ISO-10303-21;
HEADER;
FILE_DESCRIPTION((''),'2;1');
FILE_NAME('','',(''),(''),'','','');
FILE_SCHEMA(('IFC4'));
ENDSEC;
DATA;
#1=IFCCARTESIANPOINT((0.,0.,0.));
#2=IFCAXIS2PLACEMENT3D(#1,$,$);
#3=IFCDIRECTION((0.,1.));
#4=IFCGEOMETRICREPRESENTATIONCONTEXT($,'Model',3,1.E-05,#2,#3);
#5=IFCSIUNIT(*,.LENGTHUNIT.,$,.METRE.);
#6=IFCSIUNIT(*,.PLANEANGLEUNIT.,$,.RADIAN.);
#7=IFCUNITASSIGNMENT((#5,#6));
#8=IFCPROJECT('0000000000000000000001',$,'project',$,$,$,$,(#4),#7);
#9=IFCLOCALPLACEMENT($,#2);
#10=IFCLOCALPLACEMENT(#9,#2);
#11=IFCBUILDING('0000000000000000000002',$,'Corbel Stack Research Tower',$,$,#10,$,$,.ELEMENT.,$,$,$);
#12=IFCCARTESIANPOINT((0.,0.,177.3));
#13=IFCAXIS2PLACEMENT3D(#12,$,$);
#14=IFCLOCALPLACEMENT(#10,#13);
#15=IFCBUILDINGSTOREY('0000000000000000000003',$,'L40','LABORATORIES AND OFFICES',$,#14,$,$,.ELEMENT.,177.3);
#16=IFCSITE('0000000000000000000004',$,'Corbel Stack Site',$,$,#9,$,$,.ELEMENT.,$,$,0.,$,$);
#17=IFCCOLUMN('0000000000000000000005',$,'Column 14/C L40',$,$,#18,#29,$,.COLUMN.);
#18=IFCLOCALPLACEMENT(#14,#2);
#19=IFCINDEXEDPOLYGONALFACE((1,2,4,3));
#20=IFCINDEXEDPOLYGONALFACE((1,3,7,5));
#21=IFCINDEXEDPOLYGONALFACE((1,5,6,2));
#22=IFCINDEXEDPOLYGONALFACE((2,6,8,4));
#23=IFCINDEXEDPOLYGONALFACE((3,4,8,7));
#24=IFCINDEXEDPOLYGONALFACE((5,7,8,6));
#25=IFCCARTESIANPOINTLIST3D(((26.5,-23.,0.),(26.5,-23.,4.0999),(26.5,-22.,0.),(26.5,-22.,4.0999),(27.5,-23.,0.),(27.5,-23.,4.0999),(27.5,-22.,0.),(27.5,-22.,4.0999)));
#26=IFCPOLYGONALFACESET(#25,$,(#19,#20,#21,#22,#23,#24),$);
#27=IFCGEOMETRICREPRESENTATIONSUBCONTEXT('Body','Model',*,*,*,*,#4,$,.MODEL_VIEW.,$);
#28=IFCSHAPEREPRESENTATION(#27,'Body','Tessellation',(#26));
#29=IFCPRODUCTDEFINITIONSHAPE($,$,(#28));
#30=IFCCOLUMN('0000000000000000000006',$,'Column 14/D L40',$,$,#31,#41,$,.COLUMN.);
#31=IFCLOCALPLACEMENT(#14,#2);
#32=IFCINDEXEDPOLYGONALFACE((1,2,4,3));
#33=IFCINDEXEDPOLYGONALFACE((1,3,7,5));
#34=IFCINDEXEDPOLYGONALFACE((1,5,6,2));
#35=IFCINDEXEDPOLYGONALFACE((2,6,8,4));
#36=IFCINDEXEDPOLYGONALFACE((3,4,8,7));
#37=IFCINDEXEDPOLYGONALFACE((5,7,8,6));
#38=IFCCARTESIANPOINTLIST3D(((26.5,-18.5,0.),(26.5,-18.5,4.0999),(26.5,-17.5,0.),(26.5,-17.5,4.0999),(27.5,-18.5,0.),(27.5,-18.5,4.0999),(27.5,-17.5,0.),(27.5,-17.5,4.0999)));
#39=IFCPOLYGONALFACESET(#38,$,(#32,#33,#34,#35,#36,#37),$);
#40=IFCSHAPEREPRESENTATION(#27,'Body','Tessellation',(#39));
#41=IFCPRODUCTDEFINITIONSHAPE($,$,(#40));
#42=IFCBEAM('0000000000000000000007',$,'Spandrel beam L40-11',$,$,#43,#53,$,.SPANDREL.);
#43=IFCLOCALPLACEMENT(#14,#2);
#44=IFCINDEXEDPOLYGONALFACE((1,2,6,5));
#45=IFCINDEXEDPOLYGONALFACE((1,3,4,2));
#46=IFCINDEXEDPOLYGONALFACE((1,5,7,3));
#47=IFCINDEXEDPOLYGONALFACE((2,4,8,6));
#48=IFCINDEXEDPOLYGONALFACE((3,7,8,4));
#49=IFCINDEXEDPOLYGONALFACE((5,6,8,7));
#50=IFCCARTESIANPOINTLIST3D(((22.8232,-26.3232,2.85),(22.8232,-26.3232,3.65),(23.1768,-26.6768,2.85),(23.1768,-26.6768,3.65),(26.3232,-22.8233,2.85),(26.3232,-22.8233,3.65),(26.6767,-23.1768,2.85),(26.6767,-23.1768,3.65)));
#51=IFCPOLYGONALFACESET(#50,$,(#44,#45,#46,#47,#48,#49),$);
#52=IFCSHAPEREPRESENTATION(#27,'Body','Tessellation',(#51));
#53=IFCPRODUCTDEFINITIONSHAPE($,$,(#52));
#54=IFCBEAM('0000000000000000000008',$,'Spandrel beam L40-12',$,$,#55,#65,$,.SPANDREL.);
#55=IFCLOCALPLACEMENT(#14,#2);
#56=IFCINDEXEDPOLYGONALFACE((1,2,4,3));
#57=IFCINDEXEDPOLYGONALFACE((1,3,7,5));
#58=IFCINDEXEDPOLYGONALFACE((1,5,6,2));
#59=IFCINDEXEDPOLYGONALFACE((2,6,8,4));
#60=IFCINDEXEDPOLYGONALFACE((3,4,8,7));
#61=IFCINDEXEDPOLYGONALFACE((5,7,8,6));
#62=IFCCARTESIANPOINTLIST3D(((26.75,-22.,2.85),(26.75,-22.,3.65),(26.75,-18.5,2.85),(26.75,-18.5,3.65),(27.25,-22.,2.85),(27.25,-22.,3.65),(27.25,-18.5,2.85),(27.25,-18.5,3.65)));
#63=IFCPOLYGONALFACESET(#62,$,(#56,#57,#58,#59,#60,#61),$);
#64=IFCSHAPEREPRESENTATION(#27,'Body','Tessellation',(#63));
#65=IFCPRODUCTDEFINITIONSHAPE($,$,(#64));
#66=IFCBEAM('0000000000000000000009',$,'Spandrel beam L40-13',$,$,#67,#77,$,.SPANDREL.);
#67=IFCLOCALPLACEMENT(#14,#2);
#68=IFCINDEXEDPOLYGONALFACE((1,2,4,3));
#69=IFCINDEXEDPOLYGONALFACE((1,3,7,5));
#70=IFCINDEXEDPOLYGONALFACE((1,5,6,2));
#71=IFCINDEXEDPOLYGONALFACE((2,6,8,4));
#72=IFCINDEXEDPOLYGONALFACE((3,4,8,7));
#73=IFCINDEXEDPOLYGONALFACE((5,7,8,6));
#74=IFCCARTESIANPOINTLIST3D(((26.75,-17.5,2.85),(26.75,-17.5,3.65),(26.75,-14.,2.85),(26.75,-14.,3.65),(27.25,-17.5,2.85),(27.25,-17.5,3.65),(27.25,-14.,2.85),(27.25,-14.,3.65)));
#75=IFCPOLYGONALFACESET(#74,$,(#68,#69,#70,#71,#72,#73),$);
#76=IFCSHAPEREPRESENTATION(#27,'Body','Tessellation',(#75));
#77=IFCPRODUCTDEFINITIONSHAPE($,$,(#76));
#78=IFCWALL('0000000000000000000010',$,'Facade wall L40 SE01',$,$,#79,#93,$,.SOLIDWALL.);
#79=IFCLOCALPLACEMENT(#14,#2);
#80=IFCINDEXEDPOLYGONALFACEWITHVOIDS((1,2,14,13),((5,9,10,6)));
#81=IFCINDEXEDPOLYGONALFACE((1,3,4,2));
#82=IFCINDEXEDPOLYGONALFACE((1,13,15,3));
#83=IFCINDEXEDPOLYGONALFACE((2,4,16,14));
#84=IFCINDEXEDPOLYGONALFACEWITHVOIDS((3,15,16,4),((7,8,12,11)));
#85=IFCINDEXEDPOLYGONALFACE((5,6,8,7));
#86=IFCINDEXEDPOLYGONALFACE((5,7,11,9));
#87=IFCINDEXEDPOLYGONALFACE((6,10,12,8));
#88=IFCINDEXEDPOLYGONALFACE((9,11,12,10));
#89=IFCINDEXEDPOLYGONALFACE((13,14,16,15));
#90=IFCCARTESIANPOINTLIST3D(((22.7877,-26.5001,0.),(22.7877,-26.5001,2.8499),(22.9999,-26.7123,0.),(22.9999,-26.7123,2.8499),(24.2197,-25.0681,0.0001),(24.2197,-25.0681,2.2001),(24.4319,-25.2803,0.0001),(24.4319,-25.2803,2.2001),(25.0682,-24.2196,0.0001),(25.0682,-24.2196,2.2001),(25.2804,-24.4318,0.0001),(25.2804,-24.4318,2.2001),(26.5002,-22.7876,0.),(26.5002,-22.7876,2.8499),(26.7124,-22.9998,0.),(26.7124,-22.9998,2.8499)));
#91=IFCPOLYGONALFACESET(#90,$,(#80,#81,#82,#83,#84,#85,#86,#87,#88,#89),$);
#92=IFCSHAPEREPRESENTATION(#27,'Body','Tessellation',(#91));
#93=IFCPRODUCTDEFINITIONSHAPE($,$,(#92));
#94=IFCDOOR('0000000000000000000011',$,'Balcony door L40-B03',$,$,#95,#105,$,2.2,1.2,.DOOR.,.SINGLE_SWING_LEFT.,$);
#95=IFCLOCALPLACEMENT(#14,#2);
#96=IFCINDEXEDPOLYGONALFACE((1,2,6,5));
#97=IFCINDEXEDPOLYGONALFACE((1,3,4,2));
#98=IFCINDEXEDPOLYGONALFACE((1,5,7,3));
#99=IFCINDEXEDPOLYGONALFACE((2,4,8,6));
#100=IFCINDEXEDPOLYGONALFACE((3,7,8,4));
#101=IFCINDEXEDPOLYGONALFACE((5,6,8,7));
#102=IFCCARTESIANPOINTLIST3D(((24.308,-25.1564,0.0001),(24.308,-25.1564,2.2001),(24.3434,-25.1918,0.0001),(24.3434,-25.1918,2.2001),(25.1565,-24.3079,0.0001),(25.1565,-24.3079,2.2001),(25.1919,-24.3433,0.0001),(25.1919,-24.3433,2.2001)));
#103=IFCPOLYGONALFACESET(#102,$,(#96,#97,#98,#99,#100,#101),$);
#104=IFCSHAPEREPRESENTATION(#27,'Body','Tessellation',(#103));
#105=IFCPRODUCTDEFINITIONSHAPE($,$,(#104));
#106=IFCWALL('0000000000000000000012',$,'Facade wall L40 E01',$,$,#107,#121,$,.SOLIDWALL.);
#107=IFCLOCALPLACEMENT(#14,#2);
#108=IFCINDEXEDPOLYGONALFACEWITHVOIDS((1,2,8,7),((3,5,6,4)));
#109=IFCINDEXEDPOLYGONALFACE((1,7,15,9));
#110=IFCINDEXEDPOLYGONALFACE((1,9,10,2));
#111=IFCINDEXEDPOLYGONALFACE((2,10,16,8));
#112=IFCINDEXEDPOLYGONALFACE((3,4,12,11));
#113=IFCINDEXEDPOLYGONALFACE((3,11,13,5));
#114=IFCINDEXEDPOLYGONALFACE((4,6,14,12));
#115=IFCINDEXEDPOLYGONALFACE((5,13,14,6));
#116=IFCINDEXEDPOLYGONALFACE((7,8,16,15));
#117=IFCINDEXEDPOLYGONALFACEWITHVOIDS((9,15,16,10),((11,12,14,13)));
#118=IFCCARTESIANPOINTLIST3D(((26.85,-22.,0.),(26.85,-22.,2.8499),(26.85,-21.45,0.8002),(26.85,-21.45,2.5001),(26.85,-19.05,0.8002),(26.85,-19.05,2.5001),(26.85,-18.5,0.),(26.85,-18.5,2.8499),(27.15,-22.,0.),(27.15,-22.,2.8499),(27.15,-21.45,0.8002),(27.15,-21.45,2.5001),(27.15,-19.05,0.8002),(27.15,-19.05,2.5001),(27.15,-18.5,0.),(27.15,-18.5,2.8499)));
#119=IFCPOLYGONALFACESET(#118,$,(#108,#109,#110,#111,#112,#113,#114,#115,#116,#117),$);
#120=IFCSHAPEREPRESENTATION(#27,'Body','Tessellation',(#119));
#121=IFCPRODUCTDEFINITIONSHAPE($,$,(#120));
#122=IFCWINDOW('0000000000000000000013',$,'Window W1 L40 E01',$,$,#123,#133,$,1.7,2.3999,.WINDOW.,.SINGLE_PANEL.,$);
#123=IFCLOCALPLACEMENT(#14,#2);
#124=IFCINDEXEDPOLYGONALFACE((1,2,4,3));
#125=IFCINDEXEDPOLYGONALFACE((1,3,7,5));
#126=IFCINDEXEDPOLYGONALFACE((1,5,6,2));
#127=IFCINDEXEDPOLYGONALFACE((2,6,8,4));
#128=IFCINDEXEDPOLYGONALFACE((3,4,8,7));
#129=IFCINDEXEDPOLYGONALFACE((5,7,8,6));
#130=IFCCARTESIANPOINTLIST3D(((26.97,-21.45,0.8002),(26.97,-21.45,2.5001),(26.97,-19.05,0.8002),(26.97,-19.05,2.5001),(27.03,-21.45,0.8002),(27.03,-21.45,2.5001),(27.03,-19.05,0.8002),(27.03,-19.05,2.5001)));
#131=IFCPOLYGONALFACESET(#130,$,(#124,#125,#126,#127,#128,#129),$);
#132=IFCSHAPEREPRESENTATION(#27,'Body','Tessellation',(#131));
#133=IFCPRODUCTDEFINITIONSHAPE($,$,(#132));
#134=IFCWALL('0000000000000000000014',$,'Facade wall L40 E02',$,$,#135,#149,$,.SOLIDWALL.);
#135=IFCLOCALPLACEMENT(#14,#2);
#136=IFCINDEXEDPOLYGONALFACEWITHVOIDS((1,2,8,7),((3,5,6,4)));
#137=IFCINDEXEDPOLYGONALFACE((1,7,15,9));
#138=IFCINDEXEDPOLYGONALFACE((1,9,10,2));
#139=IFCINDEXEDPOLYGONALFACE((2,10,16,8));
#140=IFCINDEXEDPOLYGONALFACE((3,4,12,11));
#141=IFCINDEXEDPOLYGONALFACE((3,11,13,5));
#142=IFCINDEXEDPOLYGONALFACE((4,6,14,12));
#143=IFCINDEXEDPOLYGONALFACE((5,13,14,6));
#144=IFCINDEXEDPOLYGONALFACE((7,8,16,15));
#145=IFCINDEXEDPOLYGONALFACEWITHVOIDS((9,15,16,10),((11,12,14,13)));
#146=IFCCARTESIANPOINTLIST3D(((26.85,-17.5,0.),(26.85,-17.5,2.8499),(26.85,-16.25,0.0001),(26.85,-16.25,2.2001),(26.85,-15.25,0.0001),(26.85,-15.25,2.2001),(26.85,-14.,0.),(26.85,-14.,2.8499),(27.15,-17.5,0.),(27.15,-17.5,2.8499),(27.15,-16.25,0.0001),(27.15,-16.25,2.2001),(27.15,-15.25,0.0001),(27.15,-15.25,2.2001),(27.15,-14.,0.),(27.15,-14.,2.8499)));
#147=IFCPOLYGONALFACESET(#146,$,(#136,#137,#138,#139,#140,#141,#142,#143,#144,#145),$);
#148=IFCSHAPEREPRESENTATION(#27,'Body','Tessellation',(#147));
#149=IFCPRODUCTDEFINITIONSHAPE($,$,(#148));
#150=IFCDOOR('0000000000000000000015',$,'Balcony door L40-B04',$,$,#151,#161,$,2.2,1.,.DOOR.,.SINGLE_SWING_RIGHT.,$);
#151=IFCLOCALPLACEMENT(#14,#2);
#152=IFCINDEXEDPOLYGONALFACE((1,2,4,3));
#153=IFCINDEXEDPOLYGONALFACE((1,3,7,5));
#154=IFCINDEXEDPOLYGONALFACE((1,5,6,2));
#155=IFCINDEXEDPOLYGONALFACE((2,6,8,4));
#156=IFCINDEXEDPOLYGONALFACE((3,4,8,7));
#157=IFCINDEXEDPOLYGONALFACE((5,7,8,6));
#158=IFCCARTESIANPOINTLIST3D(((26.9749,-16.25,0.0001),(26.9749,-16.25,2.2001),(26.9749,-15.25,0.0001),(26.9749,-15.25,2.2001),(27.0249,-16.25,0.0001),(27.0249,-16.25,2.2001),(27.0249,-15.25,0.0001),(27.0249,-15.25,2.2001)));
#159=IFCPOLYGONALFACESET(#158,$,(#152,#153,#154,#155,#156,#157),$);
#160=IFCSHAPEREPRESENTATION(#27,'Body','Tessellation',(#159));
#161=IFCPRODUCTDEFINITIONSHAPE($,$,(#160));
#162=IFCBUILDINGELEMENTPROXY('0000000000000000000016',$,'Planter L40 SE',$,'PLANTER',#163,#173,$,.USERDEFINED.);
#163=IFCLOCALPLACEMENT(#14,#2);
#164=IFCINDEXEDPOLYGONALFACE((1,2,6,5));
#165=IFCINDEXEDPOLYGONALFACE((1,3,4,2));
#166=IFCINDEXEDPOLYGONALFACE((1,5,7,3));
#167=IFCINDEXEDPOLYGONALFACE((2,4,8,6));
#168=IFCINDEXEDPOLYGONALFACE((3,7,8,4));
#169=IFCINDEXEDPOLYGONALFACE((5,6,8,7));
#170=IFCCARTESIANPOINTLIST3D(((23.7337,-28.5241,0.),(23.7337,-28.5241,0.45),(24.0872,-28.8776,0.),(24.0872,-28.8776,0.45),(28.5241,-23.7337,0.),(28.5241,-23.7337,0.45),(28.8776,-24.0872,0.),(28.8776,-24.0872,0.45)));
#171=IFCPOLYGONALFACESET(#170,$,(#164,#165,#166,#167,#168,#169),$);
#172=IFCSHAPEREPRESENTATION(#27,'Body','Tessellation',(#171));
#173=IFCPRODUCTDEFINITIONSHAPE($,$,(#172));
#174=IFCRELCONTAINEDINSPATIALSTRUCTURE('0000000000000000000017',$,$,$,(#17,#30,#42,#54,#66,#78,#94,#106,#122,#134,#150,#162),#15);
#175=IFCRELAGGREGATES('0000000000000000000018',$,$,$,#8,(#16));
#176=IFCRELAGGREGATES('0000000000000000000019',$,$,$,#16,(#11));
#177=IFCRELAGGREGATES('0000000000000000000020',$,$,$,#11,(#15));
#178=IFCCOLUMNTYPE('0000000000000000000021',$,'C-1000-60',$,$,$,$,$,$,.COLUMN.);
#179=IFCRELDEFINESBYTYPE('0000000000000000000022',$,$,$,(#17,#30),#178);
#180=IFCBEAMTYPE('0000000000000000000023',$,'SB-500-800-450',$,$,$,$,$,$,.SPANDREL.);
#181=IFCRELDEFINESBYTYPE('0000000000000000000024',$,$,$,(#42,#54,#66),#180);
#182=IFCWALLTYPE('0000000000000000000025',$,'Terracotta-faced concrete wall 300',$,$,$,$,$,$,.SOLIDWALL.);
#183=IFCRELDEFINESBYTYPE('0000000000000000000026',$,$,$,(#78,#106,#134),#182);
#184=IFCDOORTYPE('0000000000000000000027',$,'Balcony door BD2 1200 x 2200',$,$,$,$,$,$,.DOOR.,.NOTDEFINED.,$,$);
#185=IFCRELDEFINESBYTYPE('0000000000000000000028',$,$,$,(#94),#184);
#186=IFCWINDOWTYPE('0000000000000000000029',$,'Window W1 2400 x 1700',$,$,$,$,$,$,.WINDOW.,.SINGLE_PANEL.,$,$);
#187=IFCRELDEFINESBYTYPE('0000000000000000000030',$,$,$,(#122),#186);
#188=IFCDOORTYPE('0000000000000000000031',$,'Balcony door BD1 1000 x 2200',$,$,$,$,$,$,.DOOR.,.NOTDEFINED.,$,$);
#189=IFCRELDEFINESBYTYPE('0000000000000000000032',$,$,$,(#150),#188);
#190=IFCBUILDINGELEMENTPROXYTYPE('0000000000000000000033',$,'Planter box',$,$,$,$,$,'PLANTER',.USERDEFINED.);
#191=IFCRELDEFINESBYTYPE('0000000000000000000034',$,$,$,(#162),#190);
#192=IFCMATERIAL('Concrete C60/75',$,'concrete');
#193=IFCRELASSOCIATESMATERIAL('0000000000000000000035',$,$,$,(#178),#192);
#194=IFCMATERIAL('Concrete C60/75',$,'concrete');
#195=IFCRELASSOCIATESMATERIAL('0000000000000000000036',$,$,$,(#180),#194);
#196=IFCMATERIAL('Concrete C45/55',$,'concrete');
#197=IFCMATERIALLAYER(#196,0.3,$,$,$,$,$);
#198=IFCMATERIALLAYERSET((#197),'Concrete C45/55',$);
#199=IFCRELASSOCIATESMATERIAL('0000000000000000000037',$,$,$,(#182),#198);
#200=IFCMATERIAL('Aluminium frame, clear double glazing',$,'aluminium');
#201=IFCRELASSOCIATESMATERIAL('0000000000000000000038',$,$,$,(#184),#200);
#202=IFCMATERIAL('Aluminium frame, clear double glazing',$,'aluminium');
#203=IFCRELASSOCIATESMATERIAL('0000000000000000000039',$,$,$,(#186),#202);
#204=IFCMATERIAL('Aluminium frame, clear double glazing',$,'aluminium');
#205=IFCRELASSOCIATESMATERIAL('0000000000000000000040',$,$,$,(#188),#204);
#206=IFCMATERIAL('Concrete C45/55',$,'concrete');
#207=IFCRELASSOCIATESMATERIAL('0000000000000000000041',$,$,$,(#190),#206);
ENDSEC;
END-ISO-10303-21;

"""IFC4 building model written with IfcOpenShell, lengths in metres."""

from ifc_helpers import new_model, si_unit, direction, frame, frame_2d, origin, origin_2d, place, context, subcontext, project, spatial, rectangle, extrude, material, layer, layer_set, material_profile, profile_set, type_object, element, fill, save


model = new_model("IFC4")

# Units and contexts
model_context = context("Model", 3, precision=1e-05, world=origin(), true_north=direction((0.0, 1.0)))
body_context = subcontext(model_context, "Body", "Model", "MODEL_VIEW")
ifc_project = project(units=[si_unit("LENGTHUNIT", "METRE"), si_unit("PLANEANGLEUNIT", "RADIAN")], contexts=[model_context])

# Site, building, storey
site_placement = place(None, origin())
site = spatial("IfcSite", under=ifc_project, at=site_placement, Name="Corbel Stack Site", CompositionType="ELEMENT", RefElevation=0.0)
building_placement = place(site_placement, origin())
building = spatial("IfcBuilding", under=site, at=building_placement, Name="Corbel Stack Research Tower", CompositionType="ELEMENT")
storey_placement = place(building_placement, frame((0.0, 0.0, 177.3)))
storey = spatial("IfcBuildingStorey", under=building, at=storey_placement, Name="L40", Description="LABORATORIES AND OFFICES", CompositionType="ELEMENT", Elevation=177.3)

# Columns
ifc_material_1 = material(Name="Concrete C60/75", Category="concrete")
ifc_material_profile_1 = material_profile(ifc_material_1, rectangle(XDim=1.0, YDim=1.0, at=origin_2d()), Name="RC 1000 x 1000")
ifc_profile_set_1 = profile_set([ifc_material_profile_1], Name="Concrete C60/75")
column_type = type_object("IfcColumnType", Name="C-1000-60", PredefinedType="COLUMN", material=ifc_profile_set_1)
for number, where, z_axis, x_axis, name in (
    (1, (27.0, -22.5, 0.0), (0.0, 0.0, 1.0), (1.0, 0.0, 0.0), "Column 14/C L40"),
    (2, (27.0, -18.0, 0.0), (0.0, 0.0, 1.0), (1.0, 0.0, 0.0), "Column 14/D L40"),
):
    element("IfcColumn", number, at=place(storey_placement, frame(where, z_axis=z_axis, x_axis=x_axis)), inside=storey, type_object=column_type, Name=name, PredefinedType="COLUMN", context=body_context, shape_type="SweptSolid", body=[
        extrude(rectangle(XDim=1.0, YDim=1.0, at=origin_2d()), origin(), (0.0, 0.0, 1.0), 4.0999),
    ])

# Beams
ifc_material_2 = material(Name="Concrete C60/75", Category="concrete")
ifc_material_profile_2 = material_profile(ifc_material_2, rectangle(XDim=0.5, YDim=0.8, at=origin_2d()), Name="RC 500 x 800")
ifc_profile_set_2 = profile_set([ifc_material_profile_2], Name="Concrete C60/75")
beam_type = type_object("IfcBeamType", Name="SB-500-800-450", PredefinedType="SPANDREL", material=ifc_profile_set_2)
beam_placement = place(storey_placement, frame((23.0, -26.5, 3.25), z_axis=(0.707107, 0.707107, 0.0), x_axis=(-0.707107, 0.707107, 0.0)))
element("IfcBeam", 3, at=beam_placement, inside=storey, type_object=beam_type, Name="Spandrel beam L40-11", PredefinedType="SPANDREL", context=body_context, shape_type="SweptSolid", body=[
    extrude(rectangle(XDim=0.5, YDim=0.8, at=origin_2d()), origin(), (0.0, 0.0, 1.0), 4.9497),
])
for number, where, z_axis, x_axis, name in (
    (4, (27.0, -22.0, 3.25), (0.0, 1.0, 0.0), (-1.0, 0.0, 0.0), "Spandrel beam L40-12"),
    (5, (27.0, -17.5, 3.25), (0.0, 1.0, 0.0), (-1.0, 0.0, 0.0), "Spandrel beam L40-13"),
):
    element("IfcBeam", number, at=place(storey_placement, frame(where, z_axis=z_axis, x_axis=x_axis)), inside=storey, type_object=beam_type, Name=name, PredefinedType="SPANDREL", context=body_context, shape_type="SweptSolid", body=[
        extrude(rectangle(XDim=0.5, YDim=0.8, at=origin_2d()), origin(), (0.0, 0.0, 1.0), 3.5),
    ])

# Wall, opening, door
ifc_material_3 = material(Name="Concrete C45/55", Category="concrete")
ifc_layer = layer(ifc_material_3, 0.3)
ifc_layer_set = layer_set([ifc_layer], Name="Concrete C45/55")
wall_type = type_object("IfcWallType", Name="Terracotta-faced concrete wall 300", PredefinedType="SOLIDWALL", material=ifc_layer_set)
wall_1_placement = place(storey_placement, frame((26.6062, -22.8938, 0.0), z_axis=(0.0, 0.0, 1.0), x_axis=(-0.707107, -0.707107, 0.0)))
wall_1 = element("IfcWall", 6, at=wall_1_placement, inside=storey, type_object=wall_type, Name="Facade wall L40 SE01", PredefinedType="SOLIDWALL", context=body_context, shape_type="SweptSolid", body=[
    extrude(rectangle(XDim=5.2502, YDim=0.3, at=frame_2d((2.625, 0.0))), origin(), (0.0, 0.0, 1.0), 2.8499),
])
opening_1_placement = place(wall_1_placement, frame((2.0249, 0.0, 0.0)))
opening_1 = element("IfcOpeningElement", 7, at=opening_1_placement, cuts=wall_1, PredefinedType="OPENING", context=body_context, shape_type="SweptSolid", body=[
    extrude(rectangle(XDim=1.2, YDim=2.2, at=frame_2d((0.6001, 1.1001))), frame((0.0, 0.1599, 0.0), z_axis=(0.0, -1.0, 0.0), x_axis=(1.0, 0.0, 0.0)), (0.0, 0.0, 1.0), 0.3201),
])
ifc_material_4 = material(Name="Aluminium frame, clear double glazing", Category="aluminium")
door_type_1 = type_object("IfcDoorType", Name="Balcony door BD2 1200 x 2200", OperationType="NOTDEFINED", PredefinedType="DOOR", material=ifc_material_4)
door_1_placement = place(opening_1_placement, origin())
door_1 = element("IfcDoor", 8, at=door_1_placement, inside=storey, type_object=door_type_1, Name="Balcony door L40-B03", OperationType="SINGLE_SWING_LEFT", OverallHeight=2.2, OverallWidth=1.2, PredefinedType="DOOR", context=body_context, shape_type="SweptSolid", body=[
    extrude(rectangle(XDim=1.2, YDim=2.2, at=frame_2d((0.6001, 1.1001))), frame((0.0, 0.0249, 0.0), z_axis=(0.0, -1.0, 0.0), x_axis=(1.0, 0.0, 0.0)), (0.0, 0.0, 1.0), 0.05),
])
fill(opening_1, door_1)

# Wall, opening, window
wall_2_placement = place(storey_placement, frame((27.0, -18.5, 0.0), z_axis=(0.0, 0.0, 1.0), x_axis=(0.0, -1.0, 0.0)))
wall_2 = element("IfcWall", 9, at=wall_2_placement, inside=storey, type_object=wall_type, Name="Facade wall L40 E01", PredefinedType="SOLIDWALL", context=body_context, shape_type="SweptSolid", body=[
    extrude(rectangle(XDim=3.5, YDim=0.3, at=frame_2d((1.75, 0.0))), origin(), (0.0, 0.0, 1.0), 2.8499),
])
opening_2_placement = place(wall_2_placement, frame((0.55, 0.0, 0.8)))
opening_2 = element("IfcOpeningElement", 10, at=opening_2_placement, cuts=wall_2, PredefinedType="OPENING", context=body_context, shape_type="SweptSolid", body=[
    extrude(rectangle(XDim=2.3999, YDim=1.7, at=frame_2d((1.2, 0.8501))), frame((0.0, 0.1599, 0.0), z_axis=(0.0, -1.0, 0.0), x_axis=(1.0, 0.0, 0.0)), (0.0, 0.0, 1.0), 0.3201),
])
ifc_material_5 = material(Name="Aluminium frame, clear double glazing", Category="aluminium")
window_type = type_object("IfcWindowType", Name="Window W1 2400 x 1700", PartitioningType="SINGLE_PANEL", PredefinedType="WINDOW", material=ifc_material_5)
window_placement = place(opening_2_placement, origin())
window = element("IfcWindow", 11, at=window_placement, inside=storey, type_object=window_type, Name="Window W1 L40 E01", OverallHeight=1.7, OverallWidth=2.3999, PartitioningType="SINGLE_PANEL", PredefinedType="WINDOW", context=body_context, shape_type="SweptSolid", body=[
    extrude(rectangle(XDim=2.3999, YDim=1.7, at=frame_2d((1.2, 0.8501))), frame((0.0, 0.03, 0.0), z_axis=(0.0, -1.0, 0.0), x_axis=(1.0, 0.0, 0.0)), (0.0, 0.0, 1.0), 0.0601),
])
fill(opening_2, window)

# Wall, opening, door
wall_3_placement = place(storey_placement, frame((27.0, -14.0, 0.0), z_axis=(0.0, 0.0, 1.0), x_axis=(0.0, -1.0, 0.0)))
wall_3 = element("IfcWall", 12, at=wall_3_placement, inside=storey, type_object=wall_type, Name="Facade wall L40 E02", PredefinedType="SOLIDWALL", context=body_context, shape_type="SweptSolid", body=[
    extrude(rectangle(XDim=3.5, YDim=0.3, at=frame_2d((1.75, 0.0))), origin(), (0.0, 0.0, 1.0), 2.8499),
])
opening_3_placement = place(wall_3_placement, frame((1.25, 0.0, 0.0)))
opening_3 = element("IfcOpeningElement", 13, at=opening_3_placement, cuts=wall_3, PredefinedType="OPENING", context=body_context, shape_type="SweptSolid", body=[
    extrude(rectangle(XDim=1.0, YDim=2.2, at=frame_2d((0.5, 1.1001))), frame((0.0, 0.1599, 0.0), z_axis=(0.0, -1.0, 0.0), x_axis=(1.0, 0.0, 0.0)), (0.0, 0.0, 1.0), 0.3201),
])
ifc_material_6 = material(Name="Aluminium frame, clear double glazing", Category="aluminium")
door_type_2 = type_object("IfcDoorType", Name="Balcony door BD1 1000 x 2200", OperationType="NOTDEFINED", PredefinedType="DOOR", material=ifc_material_6)
door_2_placement = place(opening_3_placement, origin())
door_2 = element("IfcDoor", 14, at=door_2_placement, inside=storey, type_object=door_type_2, Name="Balcony door L40-B04", OperationType="SINGLE_SWING_RIGHT", OverallHeight=2.2, OverallWidth=1.0, PredefinedType="DOOR", context=body_context, shape_type="SweptSolid", body=[
    extrude(rectangle(XDim=1.0, YDim=2.2, at=frame_2d((0.5, 1.1001))), frame((0.0, 0.0249, 0.0), z_axis=(0.0, -1.0, 0.0), x_axis=(1.0, 0.0, 0.0)), (0.0, 0.0, 1.0), 0.05),
])
fill(opening_3, door_2)

# Building element proxy
ifc_material_7 = material(Name="Concrete C45/55", Category="concrete")
building_element_proxy_type = type_object("IfcBuildingElementProxyType", Name="Planter box", ElementType="PLANTER", PredefinedType="USERDEFINED", material=ifc_material_7)
proxy_placement = place(storey_placement, frame((26.3057, -26.3057, 0.0), z_axis=(0.0, 0.0, 1.0), x_axis=(0.707107, 0.707107, 0.0)))
element("IfcBuildingElementProxy", 15, at=proxy_placement, inside=storey, type_object=building_element_proxy_type, Name="Planter L40 SE", ObjectType="PLANTER", PredefinedType="USERDEFINED", context=body_context, shape_type="SweptSolid", body=[
    extrude(rectangle(XDim=6.7747, YDim=0.5, at=origin_2d()), origin(), (0.0, 0.0, 1.0), 0.45),
])

save(model, "model.ifc")
